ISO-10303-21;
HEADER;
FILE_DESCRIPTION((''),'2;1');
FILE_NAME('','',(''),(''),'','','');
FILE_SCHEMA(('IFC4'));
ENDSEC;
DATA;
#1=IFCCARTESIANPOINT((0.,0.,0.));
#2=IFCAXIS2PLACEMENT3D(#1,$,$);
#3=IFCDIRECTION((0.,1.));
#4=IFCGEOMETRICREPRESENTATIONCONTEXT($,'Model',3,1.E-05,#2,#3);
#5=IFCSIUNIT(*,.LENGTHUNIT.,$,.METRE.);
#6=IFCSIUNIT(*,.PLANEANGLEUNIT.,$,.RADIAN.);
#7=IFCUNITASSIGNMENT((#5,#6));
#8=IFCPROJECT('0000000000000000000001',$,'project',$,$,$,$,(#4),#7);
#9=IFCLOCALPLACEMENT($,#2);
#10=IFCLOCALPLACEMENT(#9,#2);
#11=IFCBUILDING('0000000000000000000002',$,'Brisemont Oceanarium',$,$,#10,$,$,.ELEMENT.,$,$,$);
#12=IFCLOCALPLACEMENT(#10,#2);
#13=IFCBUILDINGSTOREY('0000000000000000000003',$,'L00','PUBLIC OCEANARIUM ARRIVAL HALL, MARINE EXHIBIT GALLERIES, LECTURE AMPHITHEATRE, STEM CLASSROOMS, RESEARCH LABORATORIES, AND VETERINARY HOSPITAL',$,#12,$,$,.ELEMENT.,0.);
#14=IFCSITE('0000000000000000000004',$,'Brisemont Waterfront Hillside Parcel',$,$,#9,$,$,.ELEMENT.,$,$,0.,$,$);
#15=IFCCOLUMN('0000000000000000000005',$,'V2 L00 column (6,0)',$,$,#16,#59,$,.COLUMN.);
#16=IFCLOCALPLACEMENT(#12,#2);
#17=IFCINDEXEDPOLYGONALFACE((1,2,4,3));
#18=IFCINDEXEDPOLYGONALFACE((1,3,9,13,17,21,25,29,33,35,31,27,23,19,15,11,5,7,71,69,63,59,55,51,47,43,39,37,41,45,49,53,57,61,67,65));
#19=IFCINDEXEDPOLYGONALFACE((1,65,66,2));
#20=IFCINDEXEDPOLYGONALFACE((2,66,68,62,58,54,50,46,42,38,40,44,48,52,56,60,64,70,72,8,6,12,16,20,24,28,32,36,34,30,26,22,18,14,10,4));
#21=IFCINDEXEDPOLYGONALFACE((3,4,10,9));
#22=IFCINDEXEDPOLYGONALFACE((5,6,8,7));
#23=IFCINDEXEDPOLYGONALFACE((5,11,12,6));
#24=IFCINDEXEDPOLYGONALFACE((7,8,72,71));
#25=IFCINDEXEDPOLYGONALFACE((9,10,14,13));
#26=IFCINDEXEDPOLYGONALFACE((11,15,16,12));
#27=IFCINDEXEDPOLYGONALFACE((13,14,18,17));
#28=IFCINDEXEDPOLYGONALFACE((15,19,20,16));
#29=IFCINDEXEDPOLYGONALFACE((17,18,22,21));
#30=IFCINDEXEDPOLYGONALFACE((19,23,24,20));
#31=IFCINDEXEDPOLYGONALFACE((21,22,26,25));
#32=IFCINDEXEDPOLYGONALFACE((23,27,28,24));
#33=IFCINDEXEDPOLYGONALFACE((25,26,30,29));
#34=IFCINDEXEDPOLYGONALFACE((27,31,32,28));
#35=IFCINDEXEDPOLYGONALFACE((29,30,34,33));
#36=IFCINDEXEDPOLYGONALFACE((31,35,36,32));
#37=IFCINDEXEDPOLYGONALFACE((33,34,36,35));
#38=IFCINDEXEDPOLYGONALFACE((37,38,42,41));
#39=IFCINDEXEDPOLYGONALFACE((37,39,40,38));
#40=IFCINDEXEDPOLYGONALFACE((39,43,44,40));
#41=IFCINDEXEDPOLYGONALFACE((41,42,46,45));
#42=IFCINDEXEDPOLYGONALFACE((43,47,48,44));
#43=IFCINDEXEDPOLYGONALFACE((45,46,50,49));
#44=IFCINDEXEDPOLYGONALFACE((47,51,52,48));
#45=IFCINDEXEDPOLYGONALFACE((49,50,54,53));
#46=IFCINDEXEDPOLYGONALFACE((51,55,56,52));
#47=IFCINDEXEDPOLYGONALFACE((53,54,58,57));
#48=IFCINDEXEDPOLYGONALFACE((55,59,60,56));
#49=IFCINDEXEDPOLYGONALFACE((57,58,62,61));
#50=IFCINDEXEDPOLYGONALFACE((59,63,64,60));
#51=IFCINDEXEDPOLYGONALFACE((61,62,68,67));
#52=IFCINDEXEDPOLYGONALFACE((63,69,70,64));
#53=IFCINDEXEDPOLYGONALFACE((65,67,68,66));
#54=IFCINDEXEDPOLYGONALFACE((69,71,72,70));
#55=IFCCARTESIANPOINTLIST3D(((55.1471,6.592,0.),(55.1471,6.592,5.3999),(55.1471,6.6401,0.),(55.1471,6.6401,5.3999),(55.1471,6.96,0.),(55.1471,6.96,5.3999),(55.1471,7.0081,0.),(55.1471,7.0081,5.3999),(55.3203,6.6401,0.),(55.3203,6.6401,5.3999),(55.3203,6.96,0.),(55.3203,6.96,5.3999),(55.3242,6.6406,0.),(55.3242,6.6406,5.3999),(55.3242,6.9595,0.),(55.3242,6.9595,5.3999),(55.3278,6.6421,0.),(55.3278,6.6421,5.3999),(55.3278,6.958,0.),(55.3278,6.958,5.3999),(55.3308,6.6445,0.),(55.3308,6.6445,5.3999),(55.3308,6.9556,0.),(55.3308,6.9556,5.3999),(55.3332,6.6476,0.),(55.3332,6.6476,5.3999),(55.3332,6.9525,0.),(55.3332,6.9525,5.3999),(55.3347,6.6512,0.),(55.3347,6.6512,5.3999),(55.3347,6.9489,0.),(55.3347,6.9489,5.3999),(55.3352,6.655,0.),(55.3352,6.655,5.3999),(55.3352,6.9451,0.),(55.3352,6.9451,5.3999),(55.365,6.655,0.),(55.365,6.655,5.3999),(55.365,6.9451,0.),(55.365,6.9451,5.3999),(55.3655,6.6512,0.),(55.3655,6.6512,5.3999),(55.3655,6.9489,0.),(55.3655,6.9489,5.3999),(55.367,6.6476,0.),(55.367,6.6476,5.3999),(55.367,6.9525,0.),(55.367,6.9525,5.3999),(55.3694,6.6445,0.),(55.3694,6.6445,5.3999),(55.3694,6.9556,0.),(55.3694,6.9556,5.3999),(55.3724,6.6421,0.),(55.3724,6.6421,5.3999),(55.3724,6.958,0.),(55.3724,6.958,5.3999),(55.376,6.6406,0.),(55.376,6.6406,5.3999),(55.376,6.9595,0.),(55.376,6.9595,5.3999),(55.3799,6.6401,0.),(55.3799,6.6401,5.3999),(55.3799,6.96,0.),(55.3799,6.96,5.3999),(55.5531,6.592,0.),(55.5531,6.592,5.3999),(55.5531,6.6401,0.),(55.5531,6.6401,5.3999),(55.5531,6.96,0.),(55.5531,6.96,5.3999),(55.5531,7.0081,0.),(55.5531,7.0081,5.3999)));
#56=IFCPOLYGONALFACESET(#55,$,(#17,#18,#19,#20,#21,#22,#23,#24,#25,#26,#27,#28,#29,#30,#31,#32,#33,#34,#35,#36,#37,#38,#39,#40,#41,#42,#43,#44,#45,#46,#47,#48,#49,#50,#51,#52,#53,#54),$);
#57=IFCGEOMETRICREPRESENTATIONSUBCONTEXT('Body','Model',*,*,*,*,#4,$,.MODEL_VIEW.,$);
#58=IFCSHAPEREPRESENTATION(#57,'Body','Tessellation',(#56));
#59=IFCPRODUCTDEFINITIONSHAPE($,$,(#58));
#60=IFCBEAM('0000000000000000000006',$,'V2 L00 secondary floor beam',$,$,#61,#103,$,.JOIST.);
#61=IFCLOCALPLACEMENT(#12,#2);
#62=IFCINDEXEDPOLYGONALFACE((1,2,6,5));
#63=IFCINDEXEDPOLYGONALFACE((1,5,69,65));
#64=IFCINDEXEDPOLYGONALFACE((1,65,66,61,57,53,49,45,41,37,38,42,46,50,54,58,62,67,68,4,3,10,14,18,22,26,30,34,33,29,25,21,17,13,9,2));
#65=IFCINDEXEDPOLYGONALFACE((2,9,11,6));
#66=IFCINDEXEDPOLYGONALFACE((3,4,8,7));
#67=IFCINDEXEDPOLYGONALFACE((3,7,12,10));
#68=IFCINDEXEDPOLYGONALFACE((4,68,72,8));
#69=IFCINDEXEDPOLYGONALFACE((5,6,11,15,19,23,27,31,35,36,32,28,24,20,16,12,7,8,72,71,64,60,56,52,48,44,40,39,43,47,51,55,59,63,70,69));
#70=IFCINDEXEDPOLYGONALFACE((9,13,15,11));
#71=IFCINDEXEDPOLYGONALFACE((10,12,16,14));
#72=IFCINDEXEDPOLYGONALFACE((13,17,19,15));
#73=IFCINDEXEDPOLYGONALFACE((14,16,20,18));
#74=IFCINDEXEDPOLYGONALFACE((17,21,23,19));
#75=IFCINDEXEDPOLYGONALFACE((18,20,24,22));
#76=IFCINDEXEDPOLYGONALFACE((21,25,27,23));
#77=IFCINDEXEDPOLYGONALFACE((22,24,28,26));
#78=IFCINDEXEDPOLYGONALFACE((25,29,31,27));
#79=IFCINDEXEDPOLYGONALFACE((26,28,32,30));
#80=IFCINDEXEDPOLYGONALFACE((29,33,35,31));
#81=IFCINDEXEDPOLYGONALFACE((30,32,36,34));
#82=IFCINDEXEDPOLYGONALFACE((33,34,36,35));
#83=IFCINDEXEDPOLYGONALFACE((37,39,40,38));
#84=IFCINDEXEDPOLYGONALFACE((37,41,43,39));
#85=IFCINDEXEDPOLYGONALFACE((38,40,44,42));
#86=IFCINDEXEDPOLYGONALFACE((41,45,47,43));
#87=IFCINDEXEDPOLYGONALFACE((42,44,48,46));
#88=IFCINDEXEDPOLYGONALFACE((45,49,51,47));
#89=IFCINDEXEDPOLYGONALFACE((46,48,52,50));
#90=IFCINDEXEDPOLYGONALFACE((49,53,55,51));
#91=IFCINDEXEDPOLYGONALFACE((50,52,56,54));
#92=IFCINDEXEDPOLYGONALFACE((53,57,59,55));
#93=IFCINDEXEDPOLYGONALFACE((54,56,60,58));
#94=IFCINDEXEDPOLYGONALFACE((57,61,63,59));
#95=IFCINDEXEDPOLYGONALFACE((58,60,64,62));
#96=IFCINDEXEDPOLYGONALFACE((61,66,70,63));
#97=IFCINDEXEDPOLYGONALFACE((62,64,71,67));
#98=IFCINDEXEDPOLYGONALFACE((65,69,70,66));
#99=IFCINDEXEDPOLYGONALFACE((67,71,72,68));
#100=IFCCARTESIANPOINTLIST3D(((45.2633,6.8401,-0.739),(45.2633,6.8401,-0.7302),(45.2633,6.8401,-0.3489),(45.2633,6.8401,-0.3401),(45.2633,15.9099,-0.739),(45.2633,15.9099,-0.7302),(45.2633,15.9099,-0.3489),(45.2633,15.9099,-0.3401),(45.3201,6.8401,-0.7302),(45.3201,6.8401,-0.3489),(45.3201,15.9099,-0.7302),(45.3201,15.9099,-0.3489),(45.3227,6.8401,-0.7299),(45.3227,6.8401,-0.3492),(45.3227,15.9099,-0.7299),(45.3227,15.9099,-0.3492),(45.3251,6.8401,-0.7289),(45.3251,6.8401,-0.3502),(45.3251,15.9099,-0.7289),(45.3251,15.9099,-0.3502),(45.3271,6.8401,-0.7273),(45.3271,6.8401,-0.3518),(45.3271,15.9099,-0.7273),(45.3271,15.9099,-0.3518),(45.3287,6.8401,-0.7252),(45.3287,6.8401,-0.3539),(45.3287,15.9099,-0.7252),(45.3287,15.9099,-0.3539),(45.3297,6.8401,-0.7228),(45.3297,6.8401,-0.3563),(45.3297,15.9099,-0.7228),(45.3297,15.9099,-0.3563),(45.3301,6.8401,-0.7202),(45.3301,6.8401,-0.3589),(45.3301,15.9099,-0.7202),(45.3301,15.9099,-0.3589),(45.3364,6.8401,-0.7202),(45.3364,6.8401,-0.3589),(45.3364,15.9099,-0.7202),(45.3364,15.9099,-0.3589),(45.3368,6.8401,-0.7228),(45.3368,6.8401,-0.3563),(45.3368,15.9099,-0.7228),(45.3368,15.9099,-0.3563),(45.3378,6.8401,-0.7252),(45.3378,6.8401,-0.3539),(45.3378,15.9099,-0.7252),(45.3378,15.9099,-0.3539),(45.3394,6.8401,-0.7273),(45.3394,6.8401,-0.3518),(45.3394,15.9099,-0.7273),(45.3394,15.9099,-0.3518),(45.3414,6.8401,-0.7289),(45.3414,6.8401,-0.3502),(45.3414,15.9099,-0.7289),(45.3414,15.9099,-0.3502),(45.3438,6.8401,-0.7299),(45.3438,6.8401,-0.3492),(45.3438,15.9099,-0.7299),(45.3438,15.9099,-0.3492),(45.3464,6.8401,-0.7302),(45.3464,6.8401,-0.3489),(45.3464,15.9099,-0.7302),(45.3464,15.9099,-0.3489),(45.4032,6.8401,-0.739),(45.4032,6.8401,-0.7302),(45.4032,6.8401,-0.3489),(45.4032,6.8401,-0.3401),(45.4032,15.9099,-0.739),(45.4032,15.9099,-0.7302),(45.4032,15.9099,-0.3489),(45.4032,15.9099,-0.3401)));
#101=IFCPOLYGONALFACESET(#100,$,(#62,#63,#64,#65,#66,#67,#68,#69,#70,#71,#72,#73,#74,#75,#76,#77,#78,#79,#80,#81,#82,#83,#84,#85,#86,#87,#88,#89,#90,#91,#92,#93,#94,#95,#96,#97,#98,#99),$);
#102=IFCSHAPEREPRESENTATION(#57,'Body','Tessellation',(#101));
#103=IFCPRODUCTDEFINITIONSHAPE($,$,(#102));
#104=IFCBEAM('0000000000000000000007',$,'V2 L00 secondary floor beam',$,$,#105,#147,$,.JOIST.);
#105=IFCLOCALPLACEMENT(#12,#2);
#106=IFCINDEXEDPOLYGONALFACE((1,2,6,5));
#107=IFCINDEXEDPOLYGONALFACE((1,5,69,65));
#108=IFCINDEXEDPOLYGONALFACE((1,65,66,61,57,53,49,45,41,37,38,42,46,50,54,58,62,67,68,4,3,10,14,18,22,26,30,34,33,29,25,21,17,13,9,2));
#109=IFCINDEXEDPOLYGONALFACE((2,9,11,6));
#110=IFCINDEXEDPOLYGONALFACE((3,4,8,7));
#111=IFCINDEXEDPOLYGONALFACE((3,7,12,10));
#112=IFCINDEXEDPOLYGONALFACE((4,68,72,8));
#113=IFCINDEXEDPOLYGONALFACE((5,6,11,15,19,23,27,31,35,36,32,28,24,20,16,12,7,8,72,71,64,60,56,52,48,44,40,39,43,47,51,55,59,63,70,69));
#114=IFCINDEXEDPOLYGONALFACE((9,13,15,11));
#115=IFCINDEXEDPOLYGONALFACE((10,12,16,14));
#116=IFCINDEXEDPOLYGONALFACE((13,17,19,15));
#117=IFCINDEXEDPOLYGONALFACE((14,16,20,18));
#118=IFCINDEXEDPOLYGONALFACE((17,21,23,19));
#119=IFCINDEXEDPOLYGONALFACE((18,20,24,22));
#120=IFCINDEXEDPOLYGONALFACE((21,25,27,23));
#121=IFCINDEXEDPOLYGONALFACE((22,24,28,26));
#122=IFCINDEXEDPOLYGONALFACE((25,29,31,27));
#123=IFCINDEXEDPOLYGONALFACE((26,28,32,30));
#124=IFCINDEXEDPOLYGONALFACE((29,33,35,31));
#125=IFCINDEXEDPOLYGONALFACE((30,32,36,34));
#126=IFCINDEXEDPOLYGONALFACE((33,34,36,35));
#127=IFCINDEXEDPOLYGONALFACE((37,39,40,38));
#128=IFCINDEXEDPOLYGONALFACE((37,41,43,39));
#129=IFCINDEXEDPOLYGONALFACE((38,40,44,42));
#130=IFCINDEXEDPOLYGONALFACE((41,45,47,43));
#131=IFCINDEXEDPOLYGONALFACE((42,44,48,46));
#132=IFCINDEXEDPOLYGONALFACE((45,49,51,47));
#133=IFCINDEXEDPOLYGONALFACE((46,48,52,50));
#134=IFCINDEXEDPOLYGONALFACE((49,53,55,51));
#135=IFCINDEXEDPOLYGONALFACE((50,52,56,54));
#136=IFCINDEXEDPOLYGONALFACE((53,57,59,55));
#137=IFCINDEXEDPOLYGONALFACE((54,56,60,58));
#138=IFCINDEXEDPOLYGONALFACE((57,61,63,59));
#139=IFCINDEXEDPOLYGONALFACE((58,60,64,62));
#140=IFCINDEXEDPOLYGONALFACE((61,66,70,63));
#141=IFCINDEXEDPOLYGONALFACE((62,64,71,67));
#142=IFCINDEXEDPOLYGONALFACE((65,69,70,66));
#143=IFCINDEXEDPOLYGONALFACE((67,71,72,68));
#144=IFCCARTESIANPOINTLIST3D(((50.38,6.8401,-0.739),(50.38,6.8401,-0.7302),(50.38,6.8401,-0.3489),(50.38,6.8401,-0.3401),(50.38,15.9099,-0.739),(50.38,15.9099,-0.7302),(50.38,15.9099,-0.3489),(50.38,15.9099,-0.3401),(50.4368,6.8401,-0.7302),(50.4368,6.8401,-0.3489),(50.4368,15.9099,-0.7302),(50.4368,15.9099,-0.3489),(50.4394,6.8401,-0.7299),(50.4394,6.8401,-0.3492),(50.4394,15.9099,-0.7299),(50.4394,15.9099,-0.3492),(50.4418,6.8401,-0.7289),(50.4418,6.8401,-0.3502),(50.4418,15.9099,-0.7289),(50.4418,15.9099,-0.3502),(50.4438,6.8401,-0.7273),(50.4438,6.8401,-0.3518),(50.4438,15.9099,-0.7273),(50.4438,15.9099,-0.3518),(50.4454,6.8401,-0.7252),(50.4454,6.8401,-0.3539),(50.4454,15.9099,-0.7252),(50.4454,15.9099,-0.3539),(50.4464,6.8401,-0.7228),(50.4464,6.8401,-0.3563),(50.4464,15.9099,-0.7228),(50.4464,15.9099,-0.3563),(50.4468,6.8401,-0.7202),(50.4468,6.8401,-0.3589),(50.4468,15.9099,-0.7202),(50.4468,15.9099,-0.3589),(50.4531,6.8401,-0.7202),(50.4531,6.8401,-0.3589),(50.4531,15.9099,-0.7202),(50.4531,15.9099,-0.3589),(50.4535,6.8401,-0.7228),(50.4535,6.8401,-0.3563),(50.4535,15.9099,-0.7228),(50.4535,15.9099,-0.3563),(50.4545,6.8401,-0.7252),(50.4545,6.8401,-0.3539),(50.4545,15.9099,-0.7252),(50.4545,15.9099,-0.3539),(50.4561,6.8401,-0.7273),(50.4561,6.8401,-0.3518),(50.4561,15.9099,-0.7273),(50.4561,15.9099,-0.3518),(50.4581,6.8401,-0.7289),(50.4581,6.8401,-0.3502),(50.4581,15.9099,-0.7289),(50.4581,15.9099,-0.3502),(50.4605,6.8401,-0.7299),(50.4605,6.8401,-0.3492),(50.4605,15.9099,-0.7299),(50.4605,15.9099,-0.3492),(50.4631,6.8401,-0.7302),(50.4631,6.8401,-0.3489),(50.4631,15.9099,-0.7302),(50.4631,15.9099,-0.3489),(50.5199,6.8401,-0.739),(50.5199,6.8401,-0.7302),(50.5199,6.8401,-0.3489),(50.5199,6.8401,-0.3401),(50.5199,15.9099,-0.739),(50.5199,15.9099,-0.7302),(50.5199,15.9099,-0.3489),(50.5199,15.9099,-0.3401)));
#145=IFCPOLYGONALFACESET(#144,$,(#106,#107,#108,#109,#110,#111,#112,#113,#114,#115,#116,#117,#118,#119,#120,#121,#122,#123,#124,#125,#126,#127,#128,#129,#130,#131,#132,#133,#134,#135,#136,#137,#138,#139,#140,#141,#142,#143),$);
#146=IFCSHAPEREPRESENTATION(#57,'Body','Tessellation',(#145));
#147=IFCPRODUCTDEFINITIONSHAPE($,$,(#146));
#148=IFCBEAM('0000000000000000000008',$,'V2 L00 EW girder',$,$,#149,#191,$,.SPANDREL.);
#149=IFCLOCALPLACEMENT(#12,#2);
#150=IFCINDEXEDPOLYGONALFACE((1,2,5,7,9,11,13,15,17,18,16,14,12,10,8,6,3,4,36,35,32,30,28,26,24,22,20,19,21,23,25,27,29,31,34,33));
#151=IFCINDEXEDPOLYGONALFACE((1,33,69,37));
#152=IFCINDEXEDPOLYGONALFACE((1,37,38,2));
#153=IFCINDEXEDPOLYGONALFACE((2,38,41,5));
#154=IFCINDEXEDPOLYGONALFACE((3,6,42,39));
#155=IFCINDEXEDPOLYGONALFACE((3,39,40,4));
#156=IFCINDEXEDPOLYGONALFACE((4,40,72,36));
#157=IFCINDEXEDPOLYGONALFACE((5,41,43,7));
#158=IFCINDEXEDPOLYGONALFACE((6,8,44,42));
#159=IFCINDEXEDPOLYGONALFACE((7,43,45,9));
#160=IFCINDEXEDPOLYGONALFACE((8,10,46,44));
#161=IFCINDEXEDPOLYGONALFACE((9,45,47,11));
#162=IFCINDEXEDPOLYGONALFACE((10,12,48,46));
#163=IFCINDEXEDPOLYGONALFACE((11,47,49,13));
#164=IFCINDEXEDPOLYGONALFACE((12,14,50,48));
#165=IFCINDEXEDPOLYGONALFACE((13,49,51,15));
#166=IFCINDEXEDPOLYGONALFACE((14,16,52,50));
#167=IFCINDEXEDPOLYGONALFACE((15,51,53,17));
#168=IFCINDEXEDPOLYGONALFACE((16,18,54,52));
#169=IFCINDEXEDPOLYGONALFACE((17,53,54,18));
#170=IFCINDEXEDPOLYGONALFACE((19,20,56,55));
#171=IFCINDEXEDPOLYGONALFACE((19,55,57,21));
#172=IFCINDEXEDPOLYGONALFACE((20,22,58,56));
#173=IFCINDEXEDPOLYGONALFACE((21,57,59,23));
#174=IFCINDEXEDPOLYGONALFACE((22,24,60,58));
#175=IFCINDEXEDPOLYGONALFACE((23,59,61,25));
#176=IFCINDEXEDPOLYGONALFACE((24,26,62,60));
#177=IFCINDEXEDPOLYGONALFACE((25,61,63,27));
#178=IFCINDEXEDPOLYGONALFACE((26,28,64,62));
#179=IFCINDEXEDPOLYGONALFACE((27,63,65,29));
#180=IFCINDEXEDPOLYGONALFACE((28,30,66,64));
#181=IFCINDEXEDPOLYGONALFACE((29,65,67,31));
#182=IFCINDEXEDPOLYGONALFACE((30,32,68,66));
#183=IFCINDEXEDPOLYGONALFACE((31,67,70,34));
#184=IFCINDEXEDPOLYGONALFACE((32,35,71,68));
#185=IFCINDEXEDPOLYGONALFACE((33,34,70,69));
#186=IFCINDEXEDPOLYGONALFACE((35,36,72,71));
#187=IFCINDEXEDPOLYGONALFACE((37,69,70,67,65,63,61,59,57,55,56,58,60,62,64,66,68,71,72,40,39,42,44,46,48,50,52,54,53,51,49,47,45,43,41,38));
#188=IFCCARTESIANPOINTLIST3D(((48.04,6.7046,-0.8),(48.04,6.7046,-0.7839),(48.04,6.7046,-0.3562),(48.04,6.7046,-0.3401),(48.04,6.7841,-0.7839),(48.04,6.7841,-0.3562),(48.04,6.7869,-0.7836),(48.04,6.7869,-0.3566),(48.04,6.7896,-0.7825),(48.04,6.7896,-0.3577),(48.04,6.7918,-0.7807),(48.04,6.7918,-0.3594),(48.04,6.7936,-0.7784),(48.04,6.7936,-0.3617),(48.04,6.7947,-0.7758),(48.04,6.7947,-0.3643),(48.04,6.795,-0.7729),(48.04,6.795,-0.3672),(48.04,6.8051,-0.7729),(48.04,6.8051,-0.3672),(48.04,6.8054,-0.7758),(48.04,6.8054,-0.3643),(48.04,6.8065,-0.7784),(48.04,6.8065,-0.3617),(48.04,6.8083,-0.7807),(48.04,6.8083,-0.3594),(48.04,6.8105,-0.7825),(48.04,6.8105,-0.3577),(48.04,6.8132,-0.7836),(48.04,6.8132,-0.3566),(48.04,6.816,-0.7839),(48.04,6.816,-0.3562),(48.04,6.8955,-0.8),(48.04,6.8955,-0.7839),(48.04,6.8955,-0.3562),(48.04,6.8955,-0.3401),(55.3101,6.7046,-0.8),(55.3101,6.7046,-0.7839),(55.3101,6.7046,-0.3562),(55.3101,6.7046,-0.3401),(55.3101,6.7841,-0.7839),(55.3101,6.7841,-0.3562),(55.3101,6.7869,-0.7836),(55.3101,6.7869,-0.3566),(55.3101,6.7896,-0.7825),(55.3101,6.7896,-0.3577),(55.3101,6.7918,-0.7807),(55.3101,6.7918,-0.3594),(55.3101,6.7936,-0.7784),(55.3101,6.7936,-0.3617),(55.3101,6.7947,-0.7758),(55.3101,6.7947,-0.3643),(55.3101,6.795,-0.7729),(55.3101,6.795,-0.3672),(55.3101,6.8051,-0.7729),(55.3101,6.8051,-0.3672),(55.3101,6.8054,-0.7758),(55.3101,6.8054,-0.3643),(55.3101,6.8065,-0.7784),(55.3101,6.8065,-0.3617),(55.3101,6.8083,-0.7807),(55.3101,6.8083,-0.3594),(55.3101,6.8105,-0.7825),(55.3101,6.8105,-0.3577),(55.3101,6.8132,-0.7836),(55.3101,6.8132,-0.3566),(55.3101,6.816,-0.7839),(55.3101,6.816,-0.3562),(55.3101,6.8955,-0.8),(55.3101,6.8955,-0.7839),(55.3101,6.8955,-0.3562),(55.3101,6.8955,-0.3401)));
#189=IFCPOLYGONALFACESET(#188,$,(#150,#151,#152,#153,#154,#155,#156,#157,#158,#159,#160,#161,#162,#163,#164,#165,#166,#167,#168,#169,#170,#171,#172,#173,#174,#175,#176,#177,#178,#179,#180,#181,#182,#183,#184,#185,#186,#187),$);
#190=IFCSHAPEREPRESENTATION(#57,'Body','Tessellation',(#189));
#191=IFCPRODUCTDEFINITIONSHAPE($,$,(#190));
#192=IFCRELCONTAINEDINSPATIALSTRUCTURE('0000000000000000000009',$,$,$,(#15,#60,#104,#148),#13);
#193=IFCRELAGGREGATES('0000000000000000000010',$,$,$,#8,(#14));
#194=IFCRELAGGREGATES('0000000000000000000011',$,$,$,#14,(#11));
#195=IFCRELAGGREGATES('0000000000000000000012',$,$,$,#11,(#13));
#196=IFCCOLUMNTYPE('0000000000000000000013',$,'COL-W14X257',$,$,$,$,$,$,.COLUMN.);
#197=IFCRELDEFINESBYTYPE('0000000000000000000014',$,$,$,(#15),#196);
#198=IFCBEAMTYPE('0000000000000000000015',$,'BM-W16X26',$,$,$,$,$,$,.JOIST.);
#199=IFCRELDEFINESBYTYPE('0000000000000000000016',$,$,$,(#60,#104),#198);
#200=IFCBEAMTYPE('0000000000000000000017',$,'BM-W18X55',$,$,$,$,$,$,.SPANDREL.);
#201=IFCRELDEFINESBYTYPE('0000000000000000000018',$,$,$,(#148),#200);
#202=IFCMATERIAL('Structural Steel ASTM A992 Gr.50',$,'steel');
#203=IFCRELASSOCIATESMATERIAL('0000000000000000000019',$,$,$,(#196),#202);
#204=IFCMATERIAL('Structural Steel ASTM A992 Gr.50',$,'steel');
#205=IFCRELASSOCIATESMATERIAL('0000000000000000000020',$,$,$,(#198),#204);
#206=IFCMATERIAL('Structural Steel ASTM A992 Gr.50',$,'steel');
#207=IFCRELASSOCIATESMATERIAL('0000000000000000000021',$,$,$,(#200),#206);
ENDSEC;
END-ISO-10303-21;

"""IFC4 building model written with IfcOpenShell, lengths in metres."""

from ifc_helpers import new_model, si_unit, direction, frame, origin, origin_2d, place, context, subcontext, project, spatial, i_section, extrude, material, material_profile, profile_set, type_object, element, save


model = new_model("IFC4")

# Units and contexts
model_context = context("Model", 3, precision=1e-05, world=origin(), true_north=direction((0.0, 1.0)))
body_context = subcontext(model_context, "Body", "Model", "MODEL_VIEW")
ifc_project = project(units=[si_unit("LENGTHUNIT", "METRE"), si_unit("PLANEANGLEUNIT", "RADIAN")], contexts=[model_context])

# Site, building, storey
site_placement = place(None, origin())
site = spatial("IfcSite", under=ifc_project, at=site_placement, Name="Brisemont Waterfront Hillside Parcel", CompositionType="ELEMENT", RefElevation=0.0)
building_placement = place(site_placement, origin())
building = spatial("IfcBuilding", under=site, at=building_placement, Name="Brisemont Oceanarium", CompositionType="ELEMENT")
storey_placement = place(building_placement, origin())
storey = spatial("IfcBuildingStorey", under=building, at=storey_placement, Name="L00", Description="PUBLIC OCEANARIUM ARRIVAL HALL, MARINE EXHIBIT GALLERIES, LECTURE AMPHITHEATRE, STEM CLASSROOMS, RESEARCH LABORATORIES, AND VETERINARY HOSPITAL", CompositionType="ELEMENT", Elevation=0.0)

# Column
ifc_material_1 = material(Name="Structural Steel ASTM A992 Gr.50", Category="steel")
ifc_material_profile_1 = material_profile(ifc_material_1, i_section(OverallWidth=0.406, OverallDepth=0.416, WebThickness=0.0298, FlangeThickness=0.0481, FilletRadius=0.0149, at=origin_2d()), Name="W14X257")
ifc_profile_set_1 = profile_set([ifc_material_profile_1], Name="Structural Steel ASTM A992 Gr.50")
column_type_1 = type_object("IfcColumnType", Name="COL-W14X257", PredefinedType="COLUMN", material=ifc_profile_set_1)
column_1_placement = place(storey_placement, frame((55.3501, 6.8, 0.0), z_axis=(0.0, 0.0, 1.0), x_axis=(1.0, 0.0, 0.0)))
element("IfcColumn", 1, at=column_1_placement, inside=storey, type_object=column_type_1, Name="V2 L00 column (6,0)", PredefinedType="COLUMN", context=body_context, shape_type="SweptSolid", body=[
    extrude(i_section(OverallWidth=0.406, OverallDepth=0.416, WebThickness=0.0298, FlangeThickness=0.0481, FilletRadius=0.0149, at=origin_2d()), origin(), (0.0, 0.0, 1.0), 5.3999),
])

# Beams
ifc_material_2 = material(Name="Structural Steel ASTM A992 Gr.50", Category="steel")
ifc_material_profile_2 = material_profile(ifc_material_2, i_section(OverallWidth=0.1399, OverallDepth=0.3989, WebThickness=0.0063, FlangeThickness=0.0088, FilletRadius=0.01, at=origin_2d()), Name="W16X26")
ifc_profile_set_2 = profile_set([ifc_material_profile_2], Name="Structural Steel ASTM A992 Gr.50")
beam_type_1 = type_object("IfcBeamType", Name="BM-W16X26", PredefinedType="JOIST", material=ifc_profile_set_2)
for number, where, z_axis, x_axis, name in (
    (2, (45.3333, 6.8401, -0.5396), (0.0, 1.0, 0.0), (-1.0, 0.0, 0.0), "V2 L00 secondary floor beam"),
    (3, (50.45, 6.8401, -0.5396), (0.0, 1.0, 0.0), (-1.0, 0.0, 0.0), "V2 L00 secondary floor beam"),
):
    element("IfcBeam", number, at=place(storey_placement, frame(where, z_axis=z_axis, x_axis=x_axis)), inside=storey, type_object=beam_type_1, Name=name, PredefinedType="JOIST", context=body_context, shape_type="SweptSolid", body=[
        extrude(i_section(OverallWidth=0.1399, OverallDepth=0.3989, WebThickness=0.0063, FlangeThickness=0.0088, FilletRadius=0.01, at=origin_2d()), origin(), (0.0, 0.0, 1.0), 9.0698),
    ])
ifc_material_3 = material(Name="Structural Steel ASTM A992 Gr.50", Category="steel")
ifc_material_profile_3 = material_profile(ifc_material_3, i_section(OverallWidth=0.1909, OverallDepth=0.46, WebThickness=0.01, FlangeThickness=0.0161, FilletRadius=0.011, at=origin_2d()), Name="W18X55")
ifc_profile_set_3 = profile_set([ifc_material_profile_3], Name="Structural Steel ASTM A992 Gr.50")
beam_type_2 = type_object("IfcBeamType", Name="BM-W18X55", PredefinedType="SPANDREL", material=ifc_profile_set_3)
beam_1_placement = place(storey_placement, frame((48.04, 6.8, -0.5701), z_axis=(1.0, 0.0, 0.0), x_axis=(0.0, 1.0, 0.0)))
element("IfcBeam", 4, at=beam_1_placement, inside=storey, type_object=beam_type_2, Name="V2 L00 EW girder", PredefinedType="SPANDREL", context=body_context, shape_type="SweptSolid", body=[
    extrude(i_section(OverallWidth=0.1909, OverallDepth=0.46, WebThickness=0.01, FlangeThickness=0.0161, FilletRadius=0.011, at=origin_2d()), origin(), (0.0, 0.0, 1.0), 7.27),
])

save(model, "model.ifc")
